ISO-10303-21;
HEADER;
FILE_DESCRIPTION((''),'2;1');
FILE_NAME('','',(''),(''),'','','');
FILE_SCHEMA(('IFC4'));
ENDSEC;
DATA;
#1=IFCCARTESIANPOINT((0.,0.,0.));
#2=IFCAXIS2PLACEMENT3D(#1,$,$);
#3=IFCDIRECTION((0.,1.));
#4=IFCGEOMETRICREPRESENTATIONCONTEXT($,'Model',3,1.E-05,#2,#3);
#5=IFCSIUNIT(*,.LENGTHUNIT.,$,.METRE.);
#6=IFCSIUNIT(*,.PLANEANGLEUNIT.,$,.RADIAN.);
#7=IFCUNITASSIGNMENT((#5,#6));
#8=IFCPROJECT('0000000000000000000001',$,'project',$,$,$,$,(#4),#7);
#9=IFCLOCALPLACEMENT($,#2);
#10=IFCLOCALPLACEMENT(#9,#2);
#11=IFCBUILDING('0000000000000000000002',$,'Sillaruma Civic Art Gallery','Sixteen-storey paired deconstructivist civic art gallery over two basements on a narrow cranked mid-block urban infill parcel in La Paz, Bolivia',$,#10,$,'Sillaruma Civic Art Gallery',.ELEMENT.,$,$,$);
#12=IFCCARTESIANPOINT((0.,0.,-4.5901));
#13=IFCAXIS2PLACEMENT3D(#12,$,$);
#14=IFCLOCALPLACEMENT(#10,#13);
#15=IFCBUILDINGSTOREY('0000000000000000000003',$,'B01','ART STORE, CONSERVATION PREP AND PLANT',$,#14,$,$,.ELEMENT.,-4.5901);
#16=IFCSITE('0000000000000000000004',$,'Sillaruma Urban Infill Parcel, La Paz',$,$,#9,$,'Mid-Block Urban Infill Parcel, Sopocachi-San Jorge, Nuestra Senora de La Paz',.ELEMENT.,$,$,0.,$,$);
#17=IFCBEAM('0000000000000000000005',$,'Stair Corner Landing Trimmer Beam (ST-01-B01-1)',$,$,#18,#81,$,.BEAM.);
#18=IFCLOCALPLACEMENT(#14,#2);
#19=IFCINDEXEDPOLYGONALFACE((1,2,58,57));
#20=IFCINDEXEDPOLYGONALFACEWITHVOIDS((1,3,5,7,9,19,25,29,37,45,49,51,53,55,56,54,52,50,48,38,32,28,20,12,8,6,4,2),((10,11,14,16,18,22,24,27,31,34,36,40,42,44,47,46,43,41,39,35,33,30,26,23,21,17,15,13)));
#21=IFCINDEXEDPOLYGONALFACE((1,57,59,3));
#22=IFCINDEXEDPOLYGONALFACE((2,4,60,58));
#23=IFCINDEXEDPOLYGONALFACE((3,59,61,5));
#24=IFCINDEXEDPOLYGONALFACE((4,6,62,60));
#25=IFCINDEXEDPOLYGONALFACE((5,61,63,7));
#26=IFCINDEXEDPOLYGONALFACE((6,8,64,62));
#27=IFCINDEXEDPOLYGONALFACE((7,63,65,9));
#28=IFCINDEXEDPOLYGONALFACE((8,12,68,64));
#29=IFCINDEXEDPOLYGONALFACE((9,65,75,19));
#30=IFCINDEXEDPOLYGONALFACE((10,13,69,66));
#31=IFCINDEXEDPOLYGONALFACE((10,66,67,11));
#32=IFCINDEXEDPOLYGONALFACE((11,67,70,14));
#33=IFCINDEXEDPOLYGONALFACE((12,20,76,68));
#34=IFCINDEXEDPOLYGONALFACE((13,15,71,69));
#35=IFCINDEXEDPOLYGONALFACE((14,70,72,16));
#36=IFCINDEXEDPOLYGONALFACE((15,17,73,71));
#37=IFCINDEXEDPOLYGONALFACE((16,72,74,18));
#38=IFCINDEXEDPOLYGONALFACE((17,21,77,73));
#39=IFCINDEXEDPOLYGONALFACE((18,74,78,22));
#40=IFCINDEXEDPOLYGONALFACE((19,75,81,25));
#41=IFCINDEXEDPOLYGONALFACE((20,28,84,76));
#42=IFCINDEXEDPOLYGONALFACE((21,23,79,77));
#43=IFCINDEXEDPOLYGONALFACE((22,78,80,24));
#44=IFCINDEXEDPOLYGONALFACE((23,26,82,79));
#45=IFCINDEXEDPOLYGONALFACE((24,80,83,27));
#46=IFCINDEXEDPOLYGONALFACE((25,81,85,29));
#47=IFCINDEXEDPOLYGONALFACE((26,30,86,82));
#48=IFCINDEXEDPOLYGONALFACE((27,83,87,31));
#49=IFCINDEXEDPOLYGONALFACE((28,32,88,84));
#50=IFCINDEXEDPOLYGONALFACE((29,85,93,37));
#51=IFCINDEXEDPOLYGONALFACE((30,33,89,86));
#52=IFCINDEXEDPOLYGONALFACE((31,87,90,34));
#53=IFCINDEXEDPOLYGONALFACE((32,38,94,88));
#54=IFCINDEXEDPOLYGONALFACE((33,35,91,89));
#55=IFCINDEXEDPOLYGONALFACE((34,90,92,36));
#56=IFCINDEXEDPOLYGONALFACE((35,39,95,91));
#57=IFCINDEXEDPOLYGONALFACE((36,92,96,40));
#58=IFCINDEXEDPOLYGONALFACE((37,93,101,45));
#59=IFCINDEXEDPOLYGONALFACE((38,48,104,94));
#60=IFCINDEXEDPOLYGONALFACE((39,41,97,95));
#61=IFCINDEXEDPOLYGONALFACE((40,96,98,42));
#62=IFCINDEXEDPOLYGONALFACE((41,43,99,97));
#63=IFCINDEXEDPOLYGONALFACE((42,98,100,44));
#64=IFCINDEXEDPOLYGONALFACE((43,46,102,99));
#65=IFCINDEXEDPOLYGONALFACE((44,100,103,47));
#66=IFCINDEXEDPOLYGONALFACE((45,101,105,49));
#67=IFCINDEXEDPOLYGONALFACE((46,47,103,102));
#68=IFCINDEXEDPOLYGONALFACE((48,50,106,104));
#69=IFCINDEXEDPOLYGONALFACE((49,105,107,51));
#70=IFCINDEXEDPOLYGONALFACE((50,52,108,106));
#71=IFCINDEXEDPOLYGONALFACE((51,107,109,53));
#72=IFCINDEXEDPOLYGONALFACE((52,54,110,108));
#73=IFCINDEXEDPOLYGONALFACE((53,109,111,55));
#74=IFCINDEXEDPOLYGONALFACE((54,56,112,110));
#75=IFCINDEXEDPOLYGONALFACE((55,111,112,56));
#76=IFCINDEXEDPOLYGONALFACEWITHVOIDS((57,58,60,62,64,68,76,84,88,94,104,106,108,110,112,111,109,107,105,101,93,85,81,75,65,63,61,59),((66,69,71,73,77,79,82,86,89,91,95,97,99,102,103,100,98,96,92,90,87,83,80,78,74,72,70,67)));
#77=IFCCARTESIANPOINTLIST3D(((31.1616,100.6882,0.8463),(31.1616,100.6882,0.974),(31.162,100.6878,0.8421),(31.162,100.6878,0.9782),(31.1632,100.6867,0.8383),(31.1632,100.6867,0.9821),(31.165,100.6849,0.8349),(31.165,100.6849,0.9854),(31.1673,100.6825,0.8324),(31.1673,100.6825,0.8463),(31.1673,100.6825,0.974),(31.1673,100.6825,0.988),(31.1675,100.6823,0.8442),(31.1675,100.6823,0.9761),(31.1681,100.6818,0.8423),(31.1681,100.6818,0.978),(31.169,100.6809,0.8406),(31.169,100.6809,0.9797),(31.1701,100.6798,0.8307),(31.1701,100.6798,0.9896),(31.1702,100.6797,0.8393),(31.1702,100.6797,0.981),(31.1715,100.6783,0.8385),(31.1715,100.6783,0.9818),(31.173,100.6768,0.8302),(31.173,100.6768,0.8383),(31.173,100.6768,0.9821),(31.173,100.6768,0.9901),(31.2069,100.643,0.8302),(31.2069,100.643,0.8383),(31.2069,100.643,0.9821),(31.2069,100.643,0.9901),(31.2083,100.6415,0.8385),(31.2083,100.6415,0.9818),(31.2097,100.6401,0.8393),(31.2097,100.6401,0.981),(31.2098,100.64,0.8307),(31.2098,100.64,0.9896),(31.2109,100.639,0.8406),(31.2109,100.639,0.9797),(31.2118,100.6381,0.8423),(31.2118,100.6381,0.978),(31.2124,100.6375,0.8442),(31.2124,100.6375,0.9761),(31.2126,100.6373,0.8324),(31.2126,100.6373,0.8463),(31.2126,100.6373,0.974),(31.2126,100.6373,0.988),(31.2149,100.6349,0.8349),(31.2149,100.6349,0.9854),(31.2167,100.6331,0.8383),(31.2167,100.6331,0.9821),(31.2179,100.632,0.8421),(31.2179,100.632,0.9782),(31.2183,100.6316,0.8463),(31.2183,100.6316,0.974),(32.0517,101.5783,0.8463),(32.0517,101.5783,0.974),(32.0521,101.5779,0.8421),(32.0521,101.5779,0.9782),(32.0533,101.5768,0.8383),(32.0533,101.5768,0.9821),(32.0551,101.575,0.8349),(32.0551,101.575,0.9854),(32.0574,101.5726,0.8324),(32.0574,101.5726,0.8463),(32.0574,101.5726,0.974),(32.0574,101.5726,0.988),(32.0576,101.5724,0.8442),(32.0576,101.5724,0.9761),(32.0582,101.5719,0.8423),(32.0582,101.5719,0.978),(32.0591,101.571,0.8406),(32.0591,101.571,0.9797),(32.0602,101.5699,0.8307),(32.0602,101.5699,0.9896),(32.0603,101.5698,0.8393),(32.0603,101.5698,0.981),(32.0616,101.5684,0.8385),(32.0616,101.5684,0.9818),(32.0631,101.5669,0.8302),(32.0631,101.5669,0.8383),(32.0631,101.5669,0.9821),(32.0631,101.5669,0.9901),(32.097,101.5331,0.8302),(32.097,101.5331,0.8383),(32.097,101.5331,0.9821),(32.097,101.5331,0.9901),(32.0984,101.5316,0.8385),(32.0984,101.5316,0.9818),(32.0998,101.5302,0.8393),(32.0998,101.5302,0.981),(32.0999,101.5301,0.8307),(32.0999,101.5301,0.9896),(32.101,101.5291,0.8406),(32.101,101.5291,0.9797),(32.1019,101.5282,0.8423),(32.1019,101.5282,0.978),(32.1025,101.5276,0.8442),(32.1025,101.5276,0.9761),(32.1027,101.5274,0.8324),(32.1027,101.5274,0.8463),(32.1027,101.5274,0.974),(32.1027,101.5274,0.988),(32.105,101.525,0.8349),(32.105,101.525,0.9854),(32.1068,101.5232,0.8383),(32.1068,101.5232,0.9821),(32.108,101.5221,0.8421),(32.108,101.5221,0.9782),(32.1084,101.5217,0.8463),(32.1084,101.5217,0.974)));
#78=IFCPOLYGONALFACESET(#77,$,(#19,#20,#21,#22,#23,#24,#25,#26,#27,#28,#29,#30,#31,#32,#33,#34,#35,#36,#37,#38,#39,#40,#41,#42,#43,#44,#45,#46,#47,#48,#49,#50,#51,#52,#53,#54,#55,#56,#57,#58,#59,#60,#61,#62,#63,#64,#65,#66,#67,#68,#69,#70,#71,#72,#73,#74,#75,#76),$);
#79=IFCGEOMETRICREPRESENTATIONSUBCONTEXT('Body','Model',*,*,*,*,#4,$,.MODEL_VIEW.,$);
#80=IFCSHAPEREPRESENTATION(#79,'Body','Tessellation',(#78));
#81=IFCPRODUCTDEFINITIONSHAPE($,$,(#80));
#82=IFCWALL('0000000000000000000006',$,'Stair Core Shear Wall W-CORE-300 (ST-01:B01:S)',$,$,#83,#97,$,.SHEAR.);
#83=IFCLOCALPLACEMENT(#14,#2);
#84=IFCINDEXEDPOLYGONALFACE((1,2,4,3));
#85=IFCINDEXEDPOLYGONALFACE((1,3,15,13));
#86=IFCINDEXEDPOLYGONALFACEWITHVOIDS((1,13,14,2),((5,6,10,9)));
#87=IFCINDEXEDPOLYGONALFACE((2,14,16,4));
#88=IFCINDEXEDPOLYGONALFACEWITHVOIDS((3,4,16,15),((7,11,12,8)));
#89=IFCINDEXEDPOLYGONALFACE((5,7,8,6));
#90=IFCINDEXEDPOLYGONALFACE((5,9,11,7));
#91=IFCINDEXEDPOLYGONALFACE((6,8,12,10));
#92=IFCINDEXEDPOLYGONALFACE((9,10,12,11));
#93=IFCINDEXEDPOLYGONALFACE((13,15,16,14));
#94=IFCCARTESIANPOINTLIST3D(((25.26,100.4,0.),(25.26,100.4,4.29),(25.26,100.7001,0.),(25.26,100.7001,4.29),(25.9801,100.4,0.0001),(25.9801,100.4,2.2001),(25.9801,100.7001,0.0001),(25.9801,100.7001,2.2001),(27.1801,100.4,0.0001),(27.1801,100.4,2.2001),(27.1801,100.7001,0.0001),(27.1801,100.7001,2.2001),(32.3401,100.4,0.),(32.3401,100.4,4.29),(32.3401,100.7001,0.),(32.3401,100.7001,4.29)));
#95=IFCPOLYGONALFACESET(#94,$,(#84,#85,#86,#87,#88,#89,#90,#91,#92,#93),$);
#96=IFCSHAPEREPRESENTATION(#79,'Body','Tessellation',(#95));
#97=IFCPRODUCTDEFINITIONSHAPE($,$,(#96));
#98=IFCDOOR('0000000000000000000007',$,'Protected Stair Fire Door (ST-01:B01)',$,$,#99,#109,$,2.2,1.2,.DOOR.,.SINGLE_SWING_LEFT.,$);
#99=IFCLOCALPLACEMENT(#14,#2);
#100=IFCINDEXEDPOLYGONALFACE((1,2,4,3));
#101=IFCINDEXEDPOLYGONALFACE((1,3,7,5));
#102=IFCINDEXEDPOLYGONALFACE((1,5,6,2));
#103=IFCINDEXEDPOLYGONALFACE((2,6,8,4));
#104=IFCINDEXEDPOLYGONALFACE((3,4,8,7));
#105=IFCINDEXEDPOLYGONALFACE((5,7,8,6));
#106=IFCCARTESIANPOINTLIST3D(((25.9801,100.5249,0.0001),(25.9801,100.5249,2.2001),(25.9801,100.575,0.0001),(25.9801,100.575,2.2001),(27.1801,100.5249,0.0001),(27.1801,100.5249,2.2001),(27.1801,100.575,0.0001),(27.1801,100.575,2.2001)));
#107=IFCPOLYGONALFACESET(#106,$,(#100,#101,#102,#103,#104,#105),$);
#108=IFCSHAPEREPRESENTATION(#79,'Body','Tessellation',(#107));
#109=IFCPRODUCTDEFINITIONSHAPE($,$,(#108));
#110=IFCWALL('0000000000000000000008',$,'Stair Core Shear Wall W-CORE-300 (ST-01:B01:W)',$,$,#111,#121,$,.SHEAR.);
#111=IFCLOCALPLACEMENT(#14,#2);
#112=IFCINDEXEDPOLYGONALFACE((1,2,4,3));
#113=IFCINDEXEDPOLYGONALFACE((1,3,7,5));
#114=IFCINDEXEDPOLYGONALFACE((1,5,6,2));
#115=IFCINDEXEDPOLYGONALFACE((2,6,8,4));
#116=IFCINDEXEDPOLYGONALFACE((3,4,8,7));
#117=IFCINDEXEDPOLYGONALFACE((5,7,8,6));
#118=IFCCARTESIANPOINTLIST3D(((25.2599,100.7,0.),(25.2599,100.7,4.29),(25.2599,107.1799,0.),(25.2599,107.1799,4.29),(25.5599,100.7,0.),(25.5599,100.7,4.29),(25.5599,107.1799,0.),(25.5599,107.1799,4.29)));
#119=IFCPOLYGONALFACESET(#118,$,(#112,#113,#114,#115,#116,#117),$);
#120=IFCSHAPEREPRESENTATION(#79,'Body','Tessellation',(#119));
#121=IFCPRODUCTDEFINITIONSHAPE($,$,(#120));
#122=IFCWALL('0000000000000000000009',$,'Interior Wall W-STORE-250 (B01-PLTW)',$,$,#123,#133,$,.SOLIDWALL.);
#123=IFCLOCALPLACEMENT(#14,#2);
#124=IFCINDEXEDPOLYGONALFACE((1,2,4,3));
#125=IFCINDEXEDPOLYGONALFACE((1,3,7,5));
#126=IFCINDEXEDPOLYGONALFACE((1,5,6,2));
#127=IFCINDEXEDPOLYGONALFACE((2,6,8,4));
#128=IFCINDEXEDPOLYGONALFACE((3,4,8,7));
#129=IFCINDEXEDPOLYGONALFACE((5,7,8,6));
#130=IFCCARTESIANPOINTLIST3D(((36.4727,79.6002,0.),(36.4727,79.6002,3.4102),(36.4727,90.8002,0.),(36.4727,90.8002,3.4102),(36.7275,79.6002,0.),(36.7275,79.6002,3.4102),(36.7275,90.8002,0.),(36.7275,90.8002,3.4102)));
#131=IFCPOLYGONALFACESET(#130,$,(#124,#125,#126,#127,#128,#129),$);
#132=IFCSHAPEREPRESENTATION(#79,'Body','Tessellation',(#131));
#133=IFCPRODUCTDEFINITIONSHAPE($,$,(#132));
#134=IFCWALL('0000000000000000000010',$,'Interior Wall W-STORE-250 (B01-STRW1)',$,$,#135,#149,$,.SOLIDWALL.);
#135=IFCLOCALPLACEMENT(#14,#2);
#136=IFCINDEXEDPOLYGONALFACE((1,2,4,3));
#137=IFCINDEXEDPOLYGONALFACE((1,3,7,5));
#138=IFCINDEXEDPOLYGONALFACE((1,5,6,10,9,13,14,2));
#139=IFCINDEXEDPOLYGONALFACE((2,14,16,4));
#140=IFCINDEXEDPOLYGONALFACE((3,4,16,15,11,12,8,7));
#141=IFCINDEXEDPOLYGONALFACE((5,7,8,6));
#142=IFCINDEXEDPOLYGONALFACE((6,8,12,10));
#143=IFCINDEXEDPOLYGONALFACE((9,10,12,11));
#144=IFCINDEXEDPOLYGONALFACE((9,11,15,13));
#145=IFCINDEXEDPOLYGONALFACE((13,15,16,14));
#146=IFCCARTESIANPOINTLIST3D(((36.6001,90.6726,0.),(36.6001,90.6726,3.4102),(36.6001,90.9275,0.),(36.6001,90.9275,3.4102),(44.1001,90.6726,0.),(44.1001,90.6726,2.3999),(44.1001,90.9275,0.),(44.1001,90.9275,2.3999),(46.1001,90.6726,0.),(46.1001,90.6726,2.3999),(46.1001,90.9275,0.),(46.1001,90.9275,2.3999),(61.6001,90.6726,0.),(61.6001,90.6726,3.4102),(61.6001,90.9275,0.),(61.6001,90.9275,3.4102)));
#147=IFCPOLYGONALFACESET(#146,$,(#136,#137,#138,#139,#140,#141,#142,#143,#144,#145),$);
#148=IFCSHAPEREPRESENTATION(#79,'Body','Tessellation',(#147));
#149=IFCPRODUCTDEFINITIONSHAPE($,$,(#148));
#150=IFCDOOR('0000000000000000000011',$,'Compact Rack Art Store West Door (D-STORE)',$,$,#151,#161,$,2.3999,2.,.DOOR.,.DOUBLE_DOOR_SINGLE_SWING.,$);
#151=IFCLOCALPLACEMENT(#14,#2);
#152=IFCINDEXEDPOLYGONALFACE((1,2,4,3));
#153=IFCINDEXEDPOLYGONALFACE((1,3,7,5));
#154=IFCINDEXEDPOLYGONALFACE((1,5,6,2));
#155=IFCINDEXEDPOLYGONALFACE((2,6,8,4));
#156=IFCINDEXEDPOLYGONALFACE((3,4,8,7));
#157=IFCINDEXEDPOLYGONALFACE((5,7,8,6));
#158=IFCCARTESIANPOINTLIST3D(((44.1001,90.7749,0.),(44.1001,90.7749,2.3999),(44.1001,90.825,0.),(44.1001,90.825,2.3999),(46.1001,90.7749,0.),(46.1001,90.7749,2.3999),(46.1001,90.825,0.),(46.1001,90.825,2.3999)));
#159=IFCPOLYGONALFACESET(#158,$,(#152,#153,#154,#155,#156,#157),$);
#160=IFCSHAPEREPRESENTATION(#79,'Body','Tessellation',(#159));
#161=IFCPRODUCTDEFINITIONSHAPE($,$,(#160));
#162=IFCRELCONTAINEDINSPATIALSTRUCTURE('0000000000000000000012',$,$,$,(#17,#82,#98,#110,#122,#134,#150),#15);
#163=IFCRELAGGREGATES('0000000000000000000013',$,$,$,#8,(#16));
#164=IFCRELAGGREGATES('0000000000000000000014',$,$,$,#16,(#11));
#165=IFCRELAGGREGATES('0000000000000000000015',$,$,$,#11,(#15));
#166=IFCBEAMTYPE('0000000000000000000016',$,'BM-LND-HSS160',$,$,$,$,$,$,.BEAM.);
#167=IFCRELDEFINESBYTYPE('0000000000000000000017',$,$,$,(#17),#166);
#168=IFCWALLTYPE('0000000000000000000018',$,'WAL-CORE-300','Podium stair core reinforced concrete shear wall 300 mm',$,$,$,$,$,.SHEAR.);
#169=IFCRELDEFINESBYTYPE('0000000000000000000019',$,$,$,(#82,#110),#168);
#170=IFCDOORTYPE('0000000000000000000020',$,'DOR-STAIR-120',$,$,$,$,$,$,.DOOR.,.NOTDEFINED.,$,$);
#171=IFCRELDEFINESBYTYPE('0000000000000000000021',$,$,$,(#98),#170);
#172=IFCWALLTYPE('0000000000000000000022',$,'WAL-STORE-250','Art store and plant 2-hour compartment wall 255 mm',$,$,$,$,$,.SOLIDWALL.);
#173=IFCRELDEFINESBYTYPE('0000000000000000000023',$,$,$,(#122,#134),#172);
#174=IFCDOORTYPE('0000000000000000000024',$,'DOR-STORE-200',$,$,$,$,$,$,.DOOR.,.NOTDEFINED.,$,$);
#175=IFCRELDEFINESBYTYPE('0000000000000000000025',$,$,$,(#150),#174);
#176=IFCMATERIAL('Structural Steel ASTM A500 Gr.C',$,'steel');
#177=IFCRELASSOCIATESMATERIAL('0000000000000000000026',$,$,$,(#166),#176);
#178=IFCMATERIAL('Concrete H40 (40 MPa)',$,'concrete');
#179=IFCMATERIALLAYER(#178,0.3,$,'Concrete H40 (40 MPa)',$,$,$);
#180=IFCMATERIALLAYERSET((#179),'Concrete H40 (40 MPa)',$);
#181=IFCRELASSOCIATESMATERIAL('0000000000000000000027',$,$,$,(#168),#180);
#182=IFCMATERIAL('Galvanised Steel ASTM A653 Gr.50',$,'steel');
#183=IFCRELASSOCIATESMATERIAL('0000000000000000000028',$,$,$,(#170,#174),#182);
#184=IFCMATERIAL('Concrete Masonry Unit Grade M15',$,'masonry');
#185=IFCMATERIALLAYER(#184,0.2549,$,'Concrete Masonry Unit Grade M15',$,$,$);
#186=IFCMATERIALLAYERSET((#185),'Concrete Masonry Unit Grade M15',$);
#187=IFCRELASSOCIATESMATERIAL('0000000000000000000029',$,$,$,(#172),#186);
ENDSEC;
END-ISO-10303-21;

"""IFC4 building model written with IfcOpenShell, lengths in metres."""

from ifc_helpers import new_model, si_unit, direction, frame, frame_2d, origin, origin_2d, place, context, subcontext, project, spatial, rectangle, hollow_rectangle, extrude, material, layer, layer_set, material_profile, profile_set, type_object, element, fill, save


model = new_model("IFC4")

# Units and contexts
model_context = context("Model", 3, precision=1e-05, world=origin(), true_north=direction((0.0, 1.0)))
body_context = subcontext(model_context, "Body", "Model", "MODEL_VIEW")
ifc_project = project(units=[si_unit("LENGTHUNIT", "METRE"), si_unit("PLANEANGLEUNIT", "RADIAN")], contexts=[model_context])

# Site, building, storey
site_placement = place(None, origin())
site = spatial("IfcSite", under=ifc_project, at=site_placement, Name="Sillaruma Urban Infill Parcel, La Paz", LongName="Mid-Block Urban Infill Parcel, Sopocachi-San Jorge, Nuestra Senora de La Paz", CompositionType="ELEMENT", RefElevation=0.0)
building_placement = place(site_placement, origin())
building = spatial("IfcBuilding", under=site, at=building_placement, Name="Sillaruma Civic Art Gallery", Description="Sixteen-storey paired deconstructivist civic art gallery over two basements on a narrow cranked mid-block urban infill parcel in La Paz, Bolivia", LongName="Sillaruma Civic Art Gallery", CompositionType="ELEMENT")
storey_placement = place(building_placement, frame((0.0, 0.0, -4.5901)))
storey = spatial("IfcBuildingStorey", under=building, at=storey_placement, Name="B01", Description="ART STORE, CONSERVATION PREP AND PLANT", CompositionType="ELEMENT", Elevation=-4.5901)

# Shared definitions
ifc_material_1 = material(Name="Concrete H40 (40 MPa)", Category="concrete")

# Beam
ifc_material_2 = material(Name="Structural Steel ASTM A500 Gr.C", Category="steel")
ifc_material_profile_1 = material_profile(ifc_material_2, hollow_rectangle(XDim=0.0801, YDim=0.1599, WallThickness=0.0081, InnerFilletRadius=0.0081, OuterFilletRadius=0.0161, at=origin_2d()), Name="HSS160x80x8")
ifc_profile_set_1 = profile_set([ifc_material_profile_1], Name="Structural Steel ASTM A500 Gr.C")
beam_type_1 = type_object("IfcBeamType", Name="BM-LND-HSS160", PredefinedType="BEAM", material=ifc_profile_set_1)
beam_1_placement = place(storey_placement, frame((31.1899, 100.6599, 0.9102), z_axis=(0.707107, 0.707107, 0.0), x_axis=(-0.707107, 0.707107, 0.0)))
element("IfcBeam", 1, at=beam_1_placement, inside=storey, type_object=beam_type_1, Name="Stair Corner Landing Trimmer Beam (ST-01-B01-1)", PredefinedType="BEAM", context=body_context, shape_type="SweptSolid", body=[
    extrude(hollow_rectangle(XDim=0.0801, YDim=0.1599, WallThickness=0.0081, InnerFilletRadius=0.0081, OuterFilletRadius=0.0161, at=origin_2d()), origin(), (0.0, 0.0, 1.0), 1.2588),
])

# Wall, opening, door
ifc_layer_1 = layer(ifc_material_1, 0.3, Name="Concrete H40 (40 MPa)")
ifc_layer_set_1 = layer_set([ifc_layer_1], Name="Concrete H40 (40 MPa)")
wall_type_1 = type_object("IfcWallType", Name="WAL-CORE-300", Description="Podium stair core reinforced concrete shear wall 300 mm", PredefinedType="SHEAR", material=ifc_layer_set_1)
wall_1_placement = place(storey_placement, frame((25.26, 100.55, 0.0), z_axis=(0.0, 0.0, 1.0), x_axis=(1.0, 0.0, 0.0)))
wall_1 = element("IfcWall", 2, at=wall_1_placement, inside=storey, type_object=wall_type_1, Name="Stair Core Shear Wall W-CORE-300 (ST-01:B01:S)", PredefinedType="SHEAR", context=body_context, shape_type="SweptSolid", body=[
    extrude(rectangle(XDim=7.0801, YDim=0.3, at=frame_2d((3.54, 0.0))), origin(), (0.0, 0.0, 1.0), 4.29),
])
opening_1_placement = place(wall_1_placement, frame((0.72, 0.0, 0.0)))
opening_1 = element("IfcOpeningElement", 3, at=opening_1_placement, cuts=wall_1, PredefinedType="OPENING", context=body_context, shape_type="SweptSolid", body=[
    extrude(rectangle(XDim=1.2, YDim=2.2, at=frame_2d((0.6001, 1.1001))), frame((0.0, 0.1599, 0.0), z_axis=(0.0, -1.0, 0.0), x_axis=(1.0, 0.0, 0.0)), (0.0, 0.0, 1.0), 0.3201),
])
ifc_material_3 = material(Name="Galvanised Steel ASTM A653 Gr.50", Category="steel")
door_type_1 = type_object("IfcDoorType", Name="DOR-STAIR-120", OperationType="NOTDEFINED", PredefinedType="DOOR", material=ifc_material_3)
door_1_placement = place(opening_1_placement, origin())
door_1 = element("IfcDoor", 4, at=door_1_placement, inside=storey, type_object=door_type_1, Name="Protected Stair Fire Door (ST-01:B01)", OperationType="SINGLE_SWING_LEFT", OverallHeight=2.2, OverallWidth=1.2, PredefinedType="DOOR", context=body_context, shape_type="SweptSolid", body=[
    extrude(rectangle(XDim=1.2, YDim=2.2, at=frame_2d((0.6001, 1.1001))), frame((0.0, 0.0249, 0.0), z_axis=(0.0, -1.0, 0.0), x_axis=(1.0, 0.0, 0.0)), (0.0, 0.0, 1.0), 0.05),
])
fill(opening_1, door_1)

# Walls
wall_2_placement = place(storey_placement, frame((25.4099, 100.7, 0.0), z_axis=(0.0, 0.0, 1.0), x_axis=(0.0, 1.0, 0.0)))
element("IfcWall", 5, at=wall_2_placement, inside=storey, type_object=wall_type_1, Name="Stair Core Shear Wall W-CORE-300 (ST-01:B01:W)", PredefinedType="SHEAR", context=body_context, shape_type="SweptSolid", body=[
    extrude(rectangle(XDim=6.48, YDim=0.3, at=frame_2d((3.24, 0.0))), origin(), (0.0, 0.0, 1.0), 4.29),
])
ifc_material_4 = material(Name="Concrete Masonry Unit Grade M15", Category="masonry")
ifc_layer_2 = layer(ifc_material_4, 0.2549, Name="Concrete Masonry Unit Grade M15")
ifc_layer_set_2 = layer_set([ifc_layer_2], Name="Concrete Masonry Unit Grade M15")
wall_type_2 = type_object("IfcWallType", Name="WAL-STORE-250", Description="Art store and plant 2-hour compartment wall 255 mm", PredefinedType="SOLIDWALL", material=ifc_layer_set_2)
wall_3_placement = place(storey_placement, frame((36.6001, 79.6001, 0.0), z_axis=(0.0, 0.0, 1.0), x_axis=(0.0, 1.0, 0.0)))
element("IfcWall", 6, at=wall_3_placement, inside=storey, type_object=wall_type_2, Name="Interior Wall W-STORE-250 (B01-PLTW)", PredefinedType="SOLIDWALL", context=body_context, shape_type="SweptSolid", body=[
    extrude(rectangle(XDim=11.2, YDim=0.2549, at=frame_2d((5.6001, 0.0))), origin(), (0.0, 0.0, 1.0), 3.4102),
])

# Wall, opening, door
wall_4_placement = place(storey_placement, frame((36.6001, 90.8, 0.0), z_axis=(0.0, 0.0, 1.0), x_axis=(1.0, 0.0, 0.0)))
wall_4 = element("IfcWall", 7, at=wall_4_placement, inside=storey, type_object=wall_type_2, Name="Interior Wall W-STORE-250 (B01-STRW1)", PredefinedType="SOLIDWALL", context=body_context, shape_type="SweptSolid", body=[
    extrude(rectangle(XDim=25.0, YDim=0.2549, at=frame_2d((12.5, 0.0))), origin(), (0.0, 0.0, 1.0), 3.4102),
])
opening_2_placement = place(wall_4_placement, frame((7.5, 0.0, 0.0)))
opening_2 = element("IfcOpeningElement", 8, at=opening_2_placement, cuts=wall_4, PredefinedType="OPENING", context=body_context, shape_type="SweptSolid", body=[
    extrude(rectangle(XDim=2.0, YDim=2.3999, at=frame_2d((1.0, 1.2))), frame((0.0, 0.1375, 0.0), z_axis=(0.0, -1.0, 0.0), x_axis=(1.0, 0.0, 0.0)), (0.0, 0.0, 1.0), 0.2749),
])
door_type_2 = type_object("IfcDoorType", Name="DOR-STORE-200", OperationType="NOTDEFINED", PredefinedType="DOOR", material=ifc_material_3)
door_2_placement = place(opening_2_placement, origin())
door_2 = element("IfcDoor", 9, at=door_2_placement, inside=storey, type_object=door_type_2, Name="Compact Rack Art Store West Door (D-STORE)", OperationType="DOUBLE_DOOR_SINGLE_SWING", OverallHeight=2.3999, OverallWidth=2.0, PredefinedType="DOOR", context=body_context, shape_type="SweptSolid", body=[
    extrude(rectangle(XDim=2.0, YDim=2.3999, at=frame_2d((1.0, 1.2))), frame((0.0, 0.0249, 0.0), z_axis=(0.0, -1.0, 0.0), x_axis=(1.0, 0.0, 0.0)), (0.0, 0.0, 1.0), 0.05),
])
fill(opening_2, door_2)

save(model, "model.ifc")
